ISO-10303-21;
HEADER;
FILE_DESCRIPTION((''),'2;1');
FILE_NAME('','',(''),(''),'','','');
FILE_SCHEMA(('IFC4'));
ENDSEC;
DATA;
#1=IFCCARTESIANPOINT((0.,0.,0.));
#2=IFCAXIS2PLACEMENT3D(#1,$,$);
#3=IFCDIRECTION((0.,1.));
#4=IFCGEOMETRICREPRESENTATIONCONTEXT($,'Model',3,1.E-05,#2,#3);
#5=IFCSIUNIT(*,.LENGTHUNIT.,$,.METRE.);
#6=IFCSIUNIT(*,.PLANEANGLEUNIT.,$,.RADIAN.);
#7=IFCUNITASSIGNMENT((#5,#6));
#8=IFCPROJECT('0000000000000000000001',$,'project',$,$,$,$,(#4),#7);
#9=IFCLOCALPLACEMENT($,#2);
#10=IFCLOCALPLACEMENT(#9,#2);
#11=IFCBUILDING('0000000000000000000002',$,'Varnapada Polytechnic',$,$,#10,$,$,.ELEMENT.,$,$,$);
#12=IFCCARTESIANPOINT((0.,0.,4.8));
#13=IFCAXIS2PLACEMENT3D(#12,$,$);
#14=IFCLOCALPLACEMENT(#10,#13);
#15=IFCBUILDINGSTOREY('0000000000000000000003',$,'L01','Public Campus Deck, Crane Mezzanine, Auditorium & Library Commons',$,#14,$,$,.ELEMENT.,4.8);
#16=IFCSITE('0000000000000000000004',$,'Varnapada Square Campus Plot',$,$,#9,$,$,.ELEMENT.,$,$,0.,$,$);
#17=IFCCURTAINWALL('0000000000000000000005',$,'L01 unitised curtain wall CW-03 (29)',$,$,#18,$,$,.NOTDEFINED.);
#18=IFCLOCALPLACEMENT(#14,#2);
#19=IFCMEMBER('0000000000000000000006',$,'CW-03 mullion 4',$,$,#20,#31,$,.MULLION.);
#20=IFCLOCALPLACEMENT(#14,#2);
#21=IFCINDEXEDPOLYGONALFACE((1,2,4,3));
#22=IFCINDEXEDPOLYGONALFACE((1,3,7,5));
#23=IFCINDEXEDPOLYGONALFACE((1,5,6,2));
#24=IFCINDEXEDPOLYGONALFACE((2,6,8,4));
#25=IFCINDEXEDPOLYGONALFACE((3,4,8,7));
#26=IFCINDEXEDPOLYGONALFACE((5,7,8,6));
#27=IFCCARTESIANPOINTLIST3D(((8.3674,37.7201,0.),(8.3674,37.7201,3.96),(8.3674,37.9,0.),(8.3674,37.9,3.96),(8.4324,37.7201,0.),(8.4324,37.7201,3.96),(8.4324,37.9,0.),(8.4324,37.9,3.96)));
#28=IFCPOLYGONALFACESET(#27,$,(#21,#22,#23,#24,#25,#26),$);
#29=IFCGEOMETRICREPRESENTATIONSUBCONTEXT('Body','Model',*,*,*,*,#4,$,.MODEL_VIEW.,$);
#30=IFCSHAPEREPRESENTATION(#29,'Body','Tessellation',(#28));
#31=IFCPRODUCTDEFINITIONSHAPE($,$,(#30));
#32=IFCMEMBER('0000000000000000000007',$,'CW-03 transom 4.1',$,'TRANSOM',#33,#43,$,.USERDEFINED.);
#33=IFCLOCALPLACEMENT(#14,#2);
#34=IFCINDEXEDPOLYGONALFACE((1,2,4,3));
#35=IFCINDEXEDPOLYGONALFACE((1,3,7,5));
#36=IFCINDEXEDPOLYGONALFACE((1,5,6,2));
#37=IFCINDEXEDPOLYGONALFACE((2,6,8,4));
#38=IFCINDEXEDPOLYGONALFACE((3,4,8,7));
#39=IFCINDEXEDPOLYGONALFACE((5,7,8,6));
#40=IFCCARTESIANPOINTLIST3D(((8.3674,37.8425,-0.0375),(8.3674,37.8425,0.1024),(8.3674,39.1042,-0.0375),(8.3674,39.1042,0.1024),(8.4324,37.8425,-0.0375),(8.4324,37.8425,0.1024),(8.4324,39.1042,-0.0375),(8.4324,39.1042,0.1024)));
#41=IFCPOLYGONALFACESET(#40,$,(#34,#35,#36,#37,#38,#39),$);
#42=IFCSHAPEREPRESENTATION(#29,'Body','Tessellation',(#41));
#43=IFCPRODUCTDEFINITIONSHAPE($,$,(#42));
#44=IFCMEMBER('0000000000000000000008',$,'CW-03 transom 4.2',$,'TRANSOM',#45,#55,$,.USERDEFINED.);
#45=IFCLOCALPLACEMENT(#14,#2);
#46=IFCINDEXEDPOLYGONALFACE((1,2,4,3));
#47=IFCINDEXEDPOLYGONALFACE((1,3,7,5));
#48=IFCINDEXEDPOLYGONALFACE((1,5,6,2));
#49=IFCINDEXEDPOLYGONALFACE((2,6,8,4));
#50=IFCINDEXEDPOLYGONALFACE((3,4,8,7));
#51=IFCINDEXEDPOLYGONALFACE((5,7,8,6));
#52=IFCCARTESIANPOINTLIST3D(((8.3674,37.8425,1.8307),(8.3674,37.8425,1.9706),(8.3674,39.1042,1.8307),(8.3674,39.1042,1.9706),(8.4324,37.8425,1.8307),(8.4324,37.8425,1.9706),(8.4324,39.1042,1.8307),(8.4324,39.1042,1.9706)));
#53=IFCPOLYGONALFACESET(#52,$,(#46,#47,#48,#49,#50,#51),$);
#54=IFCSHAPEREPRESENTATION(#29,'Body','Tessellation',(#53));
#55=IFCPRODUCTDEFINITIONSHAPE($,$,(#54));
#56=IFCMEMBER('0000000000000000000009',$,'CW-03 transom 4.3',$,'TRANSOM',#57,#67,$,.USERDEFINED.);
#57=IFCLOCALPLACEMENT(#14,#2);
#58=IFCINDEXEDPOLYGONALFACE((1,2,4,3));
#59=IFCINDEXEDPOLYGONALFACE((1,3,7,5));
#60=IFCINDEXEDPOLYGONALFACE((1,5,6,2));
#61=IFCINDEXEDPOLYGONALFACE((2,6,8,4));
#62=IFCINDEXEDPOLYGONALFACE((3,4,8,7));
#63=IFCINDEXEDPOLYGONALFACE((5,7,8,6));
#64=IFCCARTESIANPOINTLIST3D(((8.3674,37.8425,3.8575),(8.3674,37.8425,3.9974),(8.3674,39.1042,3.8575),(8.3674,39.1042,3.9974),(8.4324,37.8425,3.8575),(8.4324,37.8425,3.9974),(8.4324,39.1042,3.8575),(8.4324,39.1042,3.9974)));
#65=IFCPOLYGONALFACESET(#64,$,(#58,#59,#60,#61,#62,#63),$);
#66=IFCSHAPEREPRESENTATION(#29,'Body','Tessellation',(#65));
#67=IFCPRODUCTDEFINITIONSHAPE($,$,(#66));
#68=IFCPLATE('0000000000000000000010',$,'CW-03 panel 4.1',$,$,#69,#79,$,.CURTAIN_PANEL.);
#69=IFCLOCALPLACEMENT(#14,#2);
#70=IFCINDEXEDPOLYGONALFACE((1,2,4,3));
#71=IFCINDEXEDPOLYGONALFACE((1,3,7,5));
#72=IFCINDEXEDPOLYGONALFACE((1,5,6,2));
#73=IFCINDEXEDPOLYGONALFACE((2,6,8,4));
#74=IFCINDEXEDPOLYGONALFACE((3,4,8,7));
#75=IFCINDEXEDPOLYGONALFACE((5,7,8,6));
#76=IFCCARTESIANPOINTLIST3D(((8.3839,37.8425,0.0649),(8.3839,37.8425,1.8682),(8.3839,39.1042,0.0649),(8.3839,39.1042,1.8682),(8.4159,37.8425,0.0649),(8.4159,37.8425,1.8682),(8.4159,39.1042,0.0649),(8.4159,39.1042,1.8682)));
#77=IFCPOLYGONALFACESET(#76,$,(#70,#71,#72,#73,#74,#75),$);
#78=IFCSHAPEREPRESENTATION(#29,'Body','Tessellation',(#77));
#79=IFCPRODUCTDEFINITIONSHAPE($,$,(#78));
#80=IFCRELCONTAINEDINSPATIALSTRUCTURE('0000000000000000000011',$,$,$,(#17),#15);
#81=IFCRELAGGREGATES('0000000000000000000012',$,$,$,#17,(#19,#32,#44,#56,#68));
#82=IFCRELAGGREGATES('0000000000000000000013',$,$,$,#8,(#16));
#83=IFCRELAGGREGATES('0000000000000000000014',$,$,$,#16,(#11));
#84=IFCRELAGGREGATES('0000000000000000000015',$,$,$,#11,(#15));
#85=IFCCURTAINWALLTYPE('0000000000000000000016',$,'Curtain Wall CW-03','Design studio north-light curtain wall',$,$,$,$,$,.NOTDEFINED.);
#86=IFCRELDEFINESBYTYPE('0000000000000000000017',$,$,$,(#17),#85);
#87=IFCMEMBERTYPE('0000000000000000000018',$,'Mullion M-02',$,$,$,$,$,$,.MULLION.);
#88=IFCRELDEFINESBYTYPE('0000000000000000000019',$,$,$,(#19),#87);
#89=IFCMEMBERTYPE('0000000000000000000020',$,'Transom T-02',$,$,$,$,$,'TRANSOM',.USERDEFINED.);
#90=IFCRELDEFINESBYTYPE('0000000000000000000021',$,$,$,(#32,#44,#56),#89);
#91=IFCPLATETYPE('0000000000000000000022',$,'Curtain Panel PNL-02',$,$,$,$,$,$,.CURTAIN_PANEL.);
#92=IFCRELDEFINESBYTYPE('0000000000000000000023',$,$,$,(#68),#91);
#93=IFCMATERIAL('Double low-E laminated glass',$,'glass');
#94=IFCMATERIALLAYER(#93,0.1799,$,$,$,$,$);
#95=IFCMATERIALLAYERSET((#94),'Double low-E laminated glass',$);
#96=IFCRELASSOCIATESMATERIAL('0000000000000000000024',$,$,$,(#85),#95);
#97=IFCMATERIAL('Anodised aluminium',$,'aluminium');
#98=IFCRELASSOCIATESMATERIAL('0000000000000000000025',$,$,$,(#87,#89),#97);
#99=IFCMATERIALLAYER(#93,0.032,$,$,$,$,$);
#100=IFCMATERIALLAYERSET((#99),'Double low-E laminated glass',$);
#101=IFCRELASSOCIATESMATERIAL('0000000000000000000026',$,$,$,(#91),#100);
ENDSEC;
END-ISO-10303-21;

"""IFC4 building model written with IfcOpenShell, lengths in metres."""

from ifc_helpers import new_model, si_unit, direction, frame, origin, origin_2d, place, context, subcontext, project, spatial, rectangle, extrude, material, layer, layer_set, material_profile, profile_set, type_object, element, aggregate, save


model = new_model("IFC4")

# Units and contexts
model_context = context("Model", 3, precision=1e-05, world=origin(), true_north=direction((0.0, 1.0)))
body_context = subcontext(model_context, "Body", "Model", "MODEL_VIEW")
ifc_project = project(units=[si_unit("LENGTHUNIT", "METRE"), si_unit("PLANEANGLEUNIT", "RADIAN")], contexts=[model_context])

# Site, building, storey
site_placement = place(None, origin())
site = spatial("IfcSite", under=ifc_project, at=site_placement, Name="Varnapada Square Campus Plot", CompositionType="ELEMENT", RefElevation=0.0)
building_placement = place(site_placement, origin())
building = spatial("IfcBuilding", under=site, at=building_placement, Name="Varnapada Polytechnic", CompositionType="ELEMENT")
storey_placement = place(building_placement, frame((0.0, 0.0, 4.8)))
storey = spatial("IfcBuildingStorey", under=building, at=storey_placement, Name="L01", Description="Public Campus Deck, Crane Mezzanine, Auditorium & Library Commons", CompositionType="ELEMENT", Elevation=4.8)

# Curtain wall, members, plate
ifc_material_1 = material(Name="Double low-E laminated glass", Category="glass")
ifc_layer_1 = layer(ifc_material_1, 0.1799)
ifc_layer_set_1 = layer_set([ifc_layer_1], Name="Double low-E laminated glass")
curtain_wall_type = type_object("IfcCurtainWallType", Name="Curtain Wall CW-03", Description="Design studio north-light curtain wall", PredefinedType="NOTDEFINED", material=ifc_layer_set_1)
curtain_wall_placement = place(storey_placement, origin())
curtain_wall = element("IfcCurtainWall", 1, at=curtain_wall_placement, inside=storey, type_object=curtain_wall_type, Name="L01 unitised curtain wall CW-03 (29)", PredefinedType="NOTDEFINED")
ifc_material_2 = material(Name="Anodised aluminium", Category="aluminium")
ifc_material_profile_1 = material_profile(ifc_material_2, rectangle(XDim=0.0649, YDim=0.1799, at=origin_2d()), Name="ALU M65x180")
ifc_profile_set_1 = profile_set([ifc_material_profile_1], Name="Anodised aluminium")
member_type_1 = type_object("IfcMemberType", Name="Mullion M-02", PredefinedType="MULLION", material=ifc_profile_set_1)
member_1_placement = place(storey_placement, frame((8.3999, 37.8101, 0.0), z_axis=(0.0, 0.0, 1.0), x_axis=(-1.0, 0.0, 0.0)))
member_1 = element("IfcMember", 2, at=member_1_placement, type_object=member_type_1, Name="CW-03 mullion 4", PredefinedType="MULLION", context=body_context, shape_type="SweptSolid", body=[
    extrude(rectangle(XDim=0.0649, YDim=0.1799, at=origin_2d()), origin(), (0.0, 0.0, 1.0), 3.96),
])
ifc_material_profile_2 = material_profile(ifc_material_2, rectangle(XDim=0.0649, YDim=0.1399, at=origin_2d()), Name="ALU T65x140")
ifc_profile_set_2 = profile_set([ifc_material_profile_2], Name="Anodised aluminium")
member_type_2 = type_object("IfcMemberType", Name="Transom T-02", ElementType="TRANSOM", PredefinedType="USERDEFINED", material=ifc_profile_set_2)
member_2_placement = place(storey_placement, frame((8.3999, 37.8425, 0.0325), z_axis=(0.0, 1.0, 0.0), x_axis=(-1.0, 0.0, 0.0)))
member_2 = element("IfcMember", 3, at=member_2_placement, type_object=member_type_2, Name="CW-03 transom 4.1", ObjectType="TRANSOM", PredefinedType="USERDEFINED", context=body_context, shape_type="SweptSolid", body=[
    extrude(rectangle(XDim=0.0649, YDim=0.1399, at=origin_2d()), origin(), (0.0, 0.0, 1.0), 1.2617),
])
member_3_placement = place(storey_placement, frame((8.3999, 37.8425, 1.9006), z_axis=(0.0, 1.0, 0.0), x_axis=(-1.0, 0.0, 0.0)))
member_3 = element("IfcMember", 4, at=member_3_placement, type_object=member_type_2, Name="CW-03 transom 4.2", ObjectType="TRANSOM", PredefinedType="USERDEFINED", context=body_context, shape_type="SweptSolid", body=[
    extrude(rectangle(XDim=0.0649, YDim=0.1399, at=origin_2d()), origin(), (0.0, 0.0, 1.0), 1.2617),
])
member_4_placement = place(storey_placement, frame((8.3999, 37.8425, 3.9275), z_axis=(0.0, 1.0, 0.0), x_axis=(-1.0, 0.0, 0.0)))
member_4 = element("IfcMember", 5, at=member_4_placement, type_object=member_type_2, Name="CW-03 transom 4.3", ObjectType="TRANSOM", PredefinedType="USERDEFINED", context=body_context, shape_type="SweptSolid", body=[
    extrude(rectangle(XDim=0.0649, YDim=0.1399, at=origin_2d()), origin(), (0.0, 0.0, 1.0), 1.2617),
])
ifc_layer_2 = layer(ifc_material_1, 0.032)
ifc_layer_set_2 = layer_set([ifc_layer_2], Name="Double low-E laminated glass")
plate_type = type_object("IfcPlateType", Name="Curtain Panel PNL-02", PredefinedType="CURTAIN_PANEL", material=ifc_layer_set_2)
plate_placement = place(storey_placement, frame((8.3999, 38.4734, 0.0649), z_axis=(0.0, 0.0, 1.0), x_axis=(0.0, 1.0, 0.0)))
plate = element("IfcPlate", 6, at=plate_placement, type_object=plate_type, Name="CW-03 panel 4.1", PredefinedType="CURTAIN_PANEL", context=body_context, shape_type="SweptSolid", body=[
    extrude(rectangle(XDim=1.2617, YDim=0.032, at=origin_2d()), origin(), (0.0, 0.0, 1.0), 1.8032),
])
aggregate(curtain_wall, [member_1, member_2, member_3, member_4, plate])

save(model, "model.ifc")
